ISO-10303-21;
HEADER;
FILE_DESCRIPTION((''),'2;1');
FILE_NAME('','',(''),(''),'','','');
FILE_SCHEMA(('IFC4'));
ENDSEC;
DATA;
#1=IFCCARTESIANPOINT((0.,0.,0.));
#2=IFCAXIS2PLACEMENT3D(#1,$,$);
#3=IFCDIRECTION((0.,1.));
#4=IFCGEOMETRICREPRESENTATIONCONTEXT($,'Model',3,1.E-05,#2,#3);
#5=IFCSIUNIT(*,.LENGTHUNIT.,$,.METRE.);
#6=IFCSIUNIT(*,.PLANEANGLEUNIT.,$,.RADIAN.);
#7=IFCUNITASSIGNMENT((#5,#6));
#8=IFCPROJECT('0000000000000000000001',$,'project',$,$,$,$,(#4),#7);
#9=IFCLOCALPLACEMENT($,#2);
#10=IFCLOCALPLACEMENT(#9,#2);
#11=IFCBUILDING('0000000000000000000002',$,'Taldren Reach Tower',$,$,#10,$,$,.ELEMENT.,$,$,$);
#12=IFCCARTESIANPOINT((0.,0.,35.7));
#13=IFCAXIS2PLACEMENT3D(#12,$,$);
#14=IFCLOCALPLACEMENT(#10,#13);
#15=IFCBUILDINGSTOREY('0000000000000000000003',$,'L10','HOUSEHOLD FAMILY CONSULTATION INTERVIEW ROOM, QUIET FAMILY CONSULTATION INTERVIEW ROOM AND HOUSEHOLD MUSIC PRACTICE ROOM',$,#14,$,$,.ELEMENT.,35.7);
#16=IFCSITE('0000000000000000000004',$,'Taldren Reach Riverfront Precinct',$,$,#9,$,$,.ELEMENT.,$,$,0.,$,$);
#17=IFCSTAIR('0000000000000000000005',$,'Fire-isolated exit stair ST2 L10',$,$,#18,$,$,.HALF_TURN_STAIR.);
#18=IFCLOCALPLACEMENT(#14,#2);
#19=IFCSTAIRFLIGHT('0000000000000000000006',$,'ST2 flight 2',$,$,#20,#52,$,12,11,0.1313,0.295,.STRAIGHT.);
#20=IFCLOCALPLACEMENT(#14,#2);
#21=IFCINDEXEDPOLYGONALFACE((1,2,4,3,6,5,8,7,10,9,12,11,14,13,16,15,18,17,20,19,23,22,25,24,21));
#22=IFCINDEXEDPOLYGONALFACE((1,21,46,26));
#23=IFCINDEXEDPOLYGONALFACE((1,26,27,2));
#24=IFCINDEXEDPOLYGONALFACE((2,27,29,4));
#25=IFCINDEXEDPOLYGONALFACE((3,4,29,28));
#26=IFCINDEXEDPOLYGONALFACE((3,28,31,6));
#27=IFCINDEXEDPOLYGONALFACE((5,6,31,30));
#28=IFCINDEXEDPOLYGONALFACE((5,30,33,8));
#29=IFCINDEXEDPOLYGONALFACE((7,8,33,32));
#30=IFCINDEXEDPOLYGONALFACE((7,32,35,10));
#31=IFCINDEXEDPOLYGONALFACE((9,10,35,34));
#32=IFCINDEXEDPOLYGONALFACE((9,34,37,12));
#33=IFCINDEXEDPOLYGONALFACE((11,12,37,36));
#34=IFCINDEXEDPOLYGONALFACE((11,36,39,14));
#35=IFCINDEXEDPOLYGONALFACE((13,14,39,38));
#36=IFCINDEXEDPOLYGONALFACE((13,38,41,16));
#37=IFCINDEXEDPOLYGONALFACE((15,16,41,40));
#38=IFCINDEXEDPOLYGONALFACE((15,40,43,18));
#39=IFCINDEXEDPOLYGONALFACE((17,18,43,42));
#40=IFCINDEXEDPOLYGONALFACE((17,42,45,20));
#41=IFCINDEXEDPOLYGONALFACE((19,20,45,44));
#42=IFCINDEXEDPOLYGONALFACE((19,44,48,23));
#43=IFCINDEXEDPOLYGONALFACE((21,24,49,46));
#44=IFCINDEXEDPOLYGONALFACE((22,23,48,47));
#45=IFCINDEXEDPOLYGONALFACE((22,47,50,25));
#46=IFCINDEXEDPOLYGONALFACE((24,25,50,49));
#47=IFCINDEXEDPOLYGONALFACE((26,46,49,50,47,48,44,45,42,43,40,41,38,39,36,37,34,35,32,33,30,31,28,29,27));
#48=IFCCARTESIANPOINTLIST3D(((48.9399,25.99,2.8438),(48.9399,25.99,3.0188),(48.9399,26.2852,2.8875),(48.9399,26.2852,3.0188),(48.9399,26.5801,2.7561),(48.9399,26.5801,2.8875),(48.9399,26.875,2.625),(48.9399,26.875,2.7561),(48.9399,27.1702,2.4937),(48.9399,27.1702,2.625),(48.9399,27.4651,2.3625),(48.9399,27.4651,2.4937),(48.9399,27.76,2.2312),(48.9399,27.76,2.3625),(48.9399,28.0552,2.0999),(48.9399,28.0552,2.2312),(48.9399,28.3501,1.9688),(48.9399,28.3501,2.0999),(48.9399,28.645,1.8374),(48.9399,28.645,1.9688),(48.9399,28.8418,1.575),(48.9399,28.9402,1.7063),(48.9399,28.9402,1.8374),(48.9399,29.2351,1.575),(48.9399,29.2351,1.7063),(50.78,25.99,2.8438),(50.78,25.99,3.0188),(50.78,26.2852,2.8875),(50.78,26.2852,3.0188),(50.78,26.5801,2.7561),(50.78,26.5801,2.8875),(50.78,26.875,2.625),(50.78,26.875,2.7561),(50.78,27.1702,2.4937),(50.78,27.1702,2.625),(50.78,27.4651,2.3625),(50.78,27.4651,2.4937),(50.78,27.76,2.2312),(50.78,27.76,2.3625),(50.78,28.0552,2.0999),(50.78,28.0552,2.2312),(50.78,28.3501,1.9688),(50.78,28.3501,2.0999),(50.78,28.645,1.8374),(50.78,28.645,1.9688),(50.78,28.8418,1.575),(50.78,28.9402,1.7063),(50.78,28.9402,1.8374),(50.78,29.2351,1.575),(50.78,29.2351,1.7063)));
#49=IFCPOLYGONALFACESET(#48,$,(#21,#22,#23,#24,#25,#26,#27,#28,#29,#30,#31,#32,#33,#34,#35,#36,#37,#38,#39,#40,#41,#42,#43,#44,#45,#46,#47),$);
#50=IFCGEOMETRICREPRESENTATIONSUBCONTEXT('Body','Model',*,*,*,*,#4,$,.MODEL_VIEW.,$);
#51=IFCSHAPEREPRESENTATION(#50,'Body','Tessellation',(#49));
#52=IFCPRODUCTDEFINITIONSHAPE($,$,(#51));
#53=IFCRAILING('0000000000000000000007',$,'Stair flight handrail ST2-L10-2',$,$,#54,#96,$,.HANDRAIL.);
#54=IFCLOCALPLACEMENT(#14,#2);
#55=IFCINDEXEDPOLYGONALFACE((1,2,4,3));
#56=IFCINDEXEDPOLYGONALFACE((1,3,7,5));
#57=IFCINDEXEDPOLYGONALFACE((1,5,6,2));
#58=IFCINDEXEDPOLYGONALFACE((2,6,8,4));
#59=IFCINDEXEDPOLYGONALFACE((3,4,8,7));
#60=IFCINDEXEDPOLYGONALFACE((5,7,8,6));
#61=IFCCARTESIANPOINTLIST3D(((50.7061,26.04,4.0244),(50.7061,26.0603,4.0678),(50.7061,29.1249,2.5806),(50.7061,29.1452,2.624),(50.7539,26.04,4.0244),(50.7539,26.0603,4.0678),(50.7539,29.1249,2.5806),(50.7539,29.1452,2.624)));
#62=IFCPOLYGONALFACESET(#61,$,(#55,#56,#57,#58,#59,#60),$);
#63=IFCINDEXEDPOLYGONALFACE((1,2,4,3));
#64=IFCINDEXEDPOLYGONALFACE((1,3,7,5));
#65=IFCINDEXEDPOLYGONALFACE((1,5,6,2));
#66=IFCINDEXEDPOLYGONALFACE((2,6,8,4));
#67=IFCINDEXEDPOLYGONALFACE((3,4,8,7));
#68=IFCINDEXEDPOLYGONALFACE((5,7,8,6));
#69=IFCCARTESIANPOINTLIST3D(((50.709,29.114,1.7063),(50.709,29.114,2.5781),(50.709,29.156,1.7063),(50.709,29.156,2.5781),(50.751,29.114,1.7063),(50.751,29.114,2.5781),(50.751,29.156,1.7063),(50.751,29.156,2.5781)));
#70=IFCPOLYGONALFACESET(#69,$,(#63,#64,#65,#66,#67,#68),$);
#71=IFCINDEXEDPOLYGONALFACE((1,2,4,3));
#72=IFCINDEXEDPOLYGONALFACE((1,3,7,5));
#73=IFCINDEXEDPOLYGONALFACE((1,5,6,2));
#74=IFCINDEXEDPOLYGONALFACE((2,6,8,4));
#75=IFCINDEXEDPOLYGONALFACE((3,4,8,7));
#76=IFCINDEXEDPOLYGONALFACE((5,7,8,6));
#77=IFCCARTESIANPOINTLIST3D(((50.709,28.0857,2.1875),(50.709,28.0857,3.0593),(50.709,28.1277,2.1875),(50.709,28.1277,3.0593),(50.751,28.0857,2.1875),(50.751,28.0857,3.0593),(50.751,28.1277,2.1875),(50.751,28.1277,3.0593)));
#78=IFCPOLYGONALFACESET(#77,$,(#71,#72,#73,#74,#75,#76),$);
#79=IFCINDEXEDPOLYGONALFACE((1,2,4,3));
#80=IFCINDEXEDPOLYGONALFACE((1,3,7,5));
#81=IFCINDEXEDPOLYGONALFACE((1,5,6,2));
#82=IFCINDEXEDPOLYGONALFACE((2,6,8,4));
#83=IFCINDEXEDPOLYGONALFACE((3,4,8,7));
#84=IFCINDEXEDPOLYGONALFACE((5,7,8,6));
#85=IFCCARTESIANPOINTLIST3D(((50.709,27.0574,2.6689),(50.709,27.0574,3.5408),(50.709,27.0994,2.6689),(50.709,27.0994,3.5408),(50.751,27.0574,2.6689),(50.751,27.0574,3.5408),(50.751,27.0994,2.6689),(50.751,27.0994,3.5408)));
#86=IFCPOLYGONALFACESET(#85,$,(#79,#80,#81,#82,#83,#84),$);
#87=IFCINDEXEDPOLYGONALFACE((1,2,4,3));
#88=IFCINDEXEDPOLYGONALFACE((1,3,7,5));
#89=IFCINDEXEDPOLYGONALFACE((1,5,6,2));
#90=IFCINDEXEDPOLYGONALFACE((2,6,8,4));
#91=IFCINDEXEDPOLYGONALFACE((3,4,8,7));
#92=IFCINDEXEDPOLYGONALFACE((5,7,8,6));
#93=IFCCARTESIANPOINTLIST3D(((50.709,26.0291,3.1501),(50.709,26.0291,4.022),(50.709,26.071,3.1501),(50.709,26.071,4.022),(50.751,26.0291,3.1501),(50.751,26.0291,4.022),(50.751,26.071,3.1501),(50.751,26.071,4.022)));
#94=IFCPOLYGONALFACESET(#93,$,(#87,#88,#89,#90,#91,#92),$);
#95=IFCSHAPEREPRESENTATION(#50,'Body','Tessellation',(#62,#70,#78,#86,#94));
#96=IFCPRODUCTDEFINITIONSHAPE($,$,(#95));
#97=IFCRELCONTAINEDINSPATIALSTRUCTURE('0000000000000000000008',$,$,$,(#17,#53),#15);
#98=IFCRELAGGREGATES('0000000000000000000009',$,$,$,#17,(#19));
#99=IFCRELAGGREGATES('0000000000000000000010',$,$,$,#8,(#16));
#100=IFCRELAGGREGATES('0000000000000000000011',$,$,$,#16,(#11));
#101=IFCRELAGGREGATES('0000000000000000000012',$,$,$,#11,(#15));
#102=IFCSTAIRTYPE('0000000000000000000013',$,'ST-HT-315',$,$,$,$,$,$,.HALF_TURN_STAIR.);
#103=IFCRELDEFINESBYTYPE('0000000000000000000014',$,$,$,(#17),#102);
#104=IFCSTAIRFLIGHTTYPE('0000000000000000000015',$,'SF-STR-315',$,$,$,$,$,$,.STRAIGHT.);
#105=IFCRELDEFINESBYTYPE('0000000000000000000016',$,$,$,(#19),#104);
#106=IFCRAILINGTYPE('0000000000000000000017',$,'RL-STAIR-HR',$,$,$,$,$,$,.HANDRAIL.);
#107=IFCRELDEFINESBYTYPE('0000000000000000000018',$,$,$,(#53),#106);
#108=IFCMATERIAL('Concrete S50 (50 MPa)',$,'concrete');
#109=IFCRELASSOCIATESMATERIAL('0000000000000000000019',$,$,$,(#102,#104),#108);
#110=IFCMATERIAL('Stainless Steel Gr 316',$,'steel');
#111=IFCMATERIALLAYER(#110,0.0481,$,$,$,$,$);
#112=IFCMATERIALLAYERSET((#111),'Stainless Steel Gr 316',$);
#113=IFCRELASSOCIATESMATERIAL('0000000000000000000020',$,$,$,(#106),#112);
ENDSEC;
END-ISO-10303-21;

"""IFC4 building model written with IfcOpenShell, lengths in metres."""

from ifc_helpers import new_model, si_unit, direction, frame, origin, origin_2d, place, context, subcontext, project, spatial, polyline, rectangle, outline, extrude, material, layer, layer_set, type_object, element, aggregate, save


model = new_model("IFC4")

# Units and contexts
model_context = context("Model", 3, precision=1e-05, world=origin(), true_north=direction((0.0, 1.0)))
body_context = subcontext(model_context, "Body", "Model", "MODEL_VIEW")
ifc_project = project(units=[si_unit("LENGTHUNIT", "METRE"), si_unit("PLANEANGLEUNIT", "RADIAN")], contexts=[model_context])

# Site, building, storey
site_placement = place(None, origin())
site = spatial("IfcSite", under=ifc_project, at=site_placement, Name="Taldren Reach Riverfront Precinct", CompositionType="ELEMENT", RefElevation=0.0)
building_placement = place(site_placement, origin())
building = spatial("IfcBuilding", under=site, at=building_placement, Name="Taldren Reach Tower", CompositionType="ELEMENT")
storey_placement = place(building_placement, frame((0.0, 0.0, 35.7)))
storey = spatial("IfcBuildingStorey", under=building, at=storey_placement, Name="L10", Description="HOUSEHOLD FAMILY CONSULTATION INTERVIEW ROOM, QUIET FAMILY CONSULTATION INTERVIEW ROOM AND HOUSEHOLD MUSIC PRACTICE ROOM", CompositionType="ELEMENT", Elevation=35.7)

# Stair, stair flight
ifc_material_1 = material(Name="Concrete S50 (50 MPa)", Category="concrete")
stair_type = type_object("IfcStairType", Name="ST-HT-315", PredefinedType="HALF_TURN_STAIR", material=ifc_material_1)
stair_placement = place(storey_placement, origin())
stair = element("IfcStair", 1, at=stair_placement, inside=storey, type_object=stair_type, Name="Fire-isolated exit stair ST2 L10", PredefinedType="HALF_TURN_STAIR")
stair_flight_type = type_object("IfcStairFlightType", Name="SF-STR-315", PredefinedType="STRAIGHT", material=ifc_material_1)
stair_flight_placement = place(storey_placement, frame((49.8601, 29.2351, 1.575), z_axis=(0.0, 0.0, 1.0), x_axis=(0.0, -1.0, 0.0)))
stair_flight = element("IfcStairFlight", 2, at=stair_flight_placement, type_object=stair_flight_type, Name="ST2 flight 2", NumberOfRisers=12, NumberOfTreads=11, PredefinedType="STRAIGHT", RiserHeight=0.1313, TreadLength=0.295, context=body_context, shape_type="SweptSolid", body=[
    extrude(outline(polyline([(0.0, 0.0), (0.0, 0.1313), (0.2949, 0.1313), (0.2949, 0.2625), (0.5901, 0.2625), (0.5901, 0.3938), (0.885, 0.3938), (0.885, 0.5249), (1.1799, 0.5249), (1.1799, 0.6562), (1.4751, 0.6562), (1.4751, 0.7876), (1.77, 0.7876), (1.77, 0.9187), (2.0649, 0.9187), (2.0649, 1.05), (2.3601, 1.05), (2.3601, 1.1812), (2.655, 1.1812), (2.655, 1.3125), (2.95, 1.3125), (2.95, 1.4438), (3.2451, 1.4438), (3.2451, 1.575), (3.2451, 1.2688), (0.3933, 0.0), (0.0, 0.0)])), frame((0.0, 0.9199, 0.0), z_axis=(0.0, -1.0, 0.0), x_axis=(1.0, 0.0, 0.0)), (0.0, 0.0, 1.0), 1.8401),
])
aggregate(stair, [stair_flight])

# Railing
ifc_material_2 = material(Name="Stainless Steel Gr 316", Category="steel")
ifc_layer_1 = layer(ifc_material_2, 0.0481)
ifc_layer_set_1 = layer_set([ifc_layer_1], Name="Stainless Steel Gr 316")
railing_type = type_object("IfcRailingType", Name="RL-STAIR-HR", PredefinedType="HANDRAIL", material=ifc_layer_set_1)
railing_placement = place(storey_placement, frame((50.73, 29.135, 1.7063)))
element("IfcRailing", 3, at=railing_placement, inside=storey, type_object=railing_type, Name="Stair flight handrail ST2-L10-2", PredefinedType="HANDRAIL", context=body_context, shape_type="SweptSolid", body=[
    extrude(rectangle(XDim=0.0479, YDim=0.0479, at=origin_2d()), frame((0.0, 0.0, 0.896), z_axis=(0.0, -0.90571, 0.423898), x_axis=(1.0, 0.0, 0.0)), (0.0, 0.0, 1.0), 3.406),
    extrude(rectangle(XDim=0.042, YDim=0.042, at=origin_2d()), origin(), (0.0, 0.0, 1.0), 0.8718),
    extrude(rectangle(XDim=0.042, YDim=0.042, at=origin_2d()), frame((0.0, -1.0283, 0.4812)), (0.0, 0.0, 1.0), 0.8718),
    extrude(rectangle(XDim=0.042, YDim=0.042, at=origin_2d()), frame((0.0, -2.0566, 0.9626)), (0.0, 0.0, 1.0), 0.8718),
    extrude(rectangle(XDim=0.042, YDim=0.042, at=origin_2d()), frame((0.0, -3.085, 1.4438)), (0.0, 0.0, 1.0), 0.8718),
])

save(model, "model.ifc")
